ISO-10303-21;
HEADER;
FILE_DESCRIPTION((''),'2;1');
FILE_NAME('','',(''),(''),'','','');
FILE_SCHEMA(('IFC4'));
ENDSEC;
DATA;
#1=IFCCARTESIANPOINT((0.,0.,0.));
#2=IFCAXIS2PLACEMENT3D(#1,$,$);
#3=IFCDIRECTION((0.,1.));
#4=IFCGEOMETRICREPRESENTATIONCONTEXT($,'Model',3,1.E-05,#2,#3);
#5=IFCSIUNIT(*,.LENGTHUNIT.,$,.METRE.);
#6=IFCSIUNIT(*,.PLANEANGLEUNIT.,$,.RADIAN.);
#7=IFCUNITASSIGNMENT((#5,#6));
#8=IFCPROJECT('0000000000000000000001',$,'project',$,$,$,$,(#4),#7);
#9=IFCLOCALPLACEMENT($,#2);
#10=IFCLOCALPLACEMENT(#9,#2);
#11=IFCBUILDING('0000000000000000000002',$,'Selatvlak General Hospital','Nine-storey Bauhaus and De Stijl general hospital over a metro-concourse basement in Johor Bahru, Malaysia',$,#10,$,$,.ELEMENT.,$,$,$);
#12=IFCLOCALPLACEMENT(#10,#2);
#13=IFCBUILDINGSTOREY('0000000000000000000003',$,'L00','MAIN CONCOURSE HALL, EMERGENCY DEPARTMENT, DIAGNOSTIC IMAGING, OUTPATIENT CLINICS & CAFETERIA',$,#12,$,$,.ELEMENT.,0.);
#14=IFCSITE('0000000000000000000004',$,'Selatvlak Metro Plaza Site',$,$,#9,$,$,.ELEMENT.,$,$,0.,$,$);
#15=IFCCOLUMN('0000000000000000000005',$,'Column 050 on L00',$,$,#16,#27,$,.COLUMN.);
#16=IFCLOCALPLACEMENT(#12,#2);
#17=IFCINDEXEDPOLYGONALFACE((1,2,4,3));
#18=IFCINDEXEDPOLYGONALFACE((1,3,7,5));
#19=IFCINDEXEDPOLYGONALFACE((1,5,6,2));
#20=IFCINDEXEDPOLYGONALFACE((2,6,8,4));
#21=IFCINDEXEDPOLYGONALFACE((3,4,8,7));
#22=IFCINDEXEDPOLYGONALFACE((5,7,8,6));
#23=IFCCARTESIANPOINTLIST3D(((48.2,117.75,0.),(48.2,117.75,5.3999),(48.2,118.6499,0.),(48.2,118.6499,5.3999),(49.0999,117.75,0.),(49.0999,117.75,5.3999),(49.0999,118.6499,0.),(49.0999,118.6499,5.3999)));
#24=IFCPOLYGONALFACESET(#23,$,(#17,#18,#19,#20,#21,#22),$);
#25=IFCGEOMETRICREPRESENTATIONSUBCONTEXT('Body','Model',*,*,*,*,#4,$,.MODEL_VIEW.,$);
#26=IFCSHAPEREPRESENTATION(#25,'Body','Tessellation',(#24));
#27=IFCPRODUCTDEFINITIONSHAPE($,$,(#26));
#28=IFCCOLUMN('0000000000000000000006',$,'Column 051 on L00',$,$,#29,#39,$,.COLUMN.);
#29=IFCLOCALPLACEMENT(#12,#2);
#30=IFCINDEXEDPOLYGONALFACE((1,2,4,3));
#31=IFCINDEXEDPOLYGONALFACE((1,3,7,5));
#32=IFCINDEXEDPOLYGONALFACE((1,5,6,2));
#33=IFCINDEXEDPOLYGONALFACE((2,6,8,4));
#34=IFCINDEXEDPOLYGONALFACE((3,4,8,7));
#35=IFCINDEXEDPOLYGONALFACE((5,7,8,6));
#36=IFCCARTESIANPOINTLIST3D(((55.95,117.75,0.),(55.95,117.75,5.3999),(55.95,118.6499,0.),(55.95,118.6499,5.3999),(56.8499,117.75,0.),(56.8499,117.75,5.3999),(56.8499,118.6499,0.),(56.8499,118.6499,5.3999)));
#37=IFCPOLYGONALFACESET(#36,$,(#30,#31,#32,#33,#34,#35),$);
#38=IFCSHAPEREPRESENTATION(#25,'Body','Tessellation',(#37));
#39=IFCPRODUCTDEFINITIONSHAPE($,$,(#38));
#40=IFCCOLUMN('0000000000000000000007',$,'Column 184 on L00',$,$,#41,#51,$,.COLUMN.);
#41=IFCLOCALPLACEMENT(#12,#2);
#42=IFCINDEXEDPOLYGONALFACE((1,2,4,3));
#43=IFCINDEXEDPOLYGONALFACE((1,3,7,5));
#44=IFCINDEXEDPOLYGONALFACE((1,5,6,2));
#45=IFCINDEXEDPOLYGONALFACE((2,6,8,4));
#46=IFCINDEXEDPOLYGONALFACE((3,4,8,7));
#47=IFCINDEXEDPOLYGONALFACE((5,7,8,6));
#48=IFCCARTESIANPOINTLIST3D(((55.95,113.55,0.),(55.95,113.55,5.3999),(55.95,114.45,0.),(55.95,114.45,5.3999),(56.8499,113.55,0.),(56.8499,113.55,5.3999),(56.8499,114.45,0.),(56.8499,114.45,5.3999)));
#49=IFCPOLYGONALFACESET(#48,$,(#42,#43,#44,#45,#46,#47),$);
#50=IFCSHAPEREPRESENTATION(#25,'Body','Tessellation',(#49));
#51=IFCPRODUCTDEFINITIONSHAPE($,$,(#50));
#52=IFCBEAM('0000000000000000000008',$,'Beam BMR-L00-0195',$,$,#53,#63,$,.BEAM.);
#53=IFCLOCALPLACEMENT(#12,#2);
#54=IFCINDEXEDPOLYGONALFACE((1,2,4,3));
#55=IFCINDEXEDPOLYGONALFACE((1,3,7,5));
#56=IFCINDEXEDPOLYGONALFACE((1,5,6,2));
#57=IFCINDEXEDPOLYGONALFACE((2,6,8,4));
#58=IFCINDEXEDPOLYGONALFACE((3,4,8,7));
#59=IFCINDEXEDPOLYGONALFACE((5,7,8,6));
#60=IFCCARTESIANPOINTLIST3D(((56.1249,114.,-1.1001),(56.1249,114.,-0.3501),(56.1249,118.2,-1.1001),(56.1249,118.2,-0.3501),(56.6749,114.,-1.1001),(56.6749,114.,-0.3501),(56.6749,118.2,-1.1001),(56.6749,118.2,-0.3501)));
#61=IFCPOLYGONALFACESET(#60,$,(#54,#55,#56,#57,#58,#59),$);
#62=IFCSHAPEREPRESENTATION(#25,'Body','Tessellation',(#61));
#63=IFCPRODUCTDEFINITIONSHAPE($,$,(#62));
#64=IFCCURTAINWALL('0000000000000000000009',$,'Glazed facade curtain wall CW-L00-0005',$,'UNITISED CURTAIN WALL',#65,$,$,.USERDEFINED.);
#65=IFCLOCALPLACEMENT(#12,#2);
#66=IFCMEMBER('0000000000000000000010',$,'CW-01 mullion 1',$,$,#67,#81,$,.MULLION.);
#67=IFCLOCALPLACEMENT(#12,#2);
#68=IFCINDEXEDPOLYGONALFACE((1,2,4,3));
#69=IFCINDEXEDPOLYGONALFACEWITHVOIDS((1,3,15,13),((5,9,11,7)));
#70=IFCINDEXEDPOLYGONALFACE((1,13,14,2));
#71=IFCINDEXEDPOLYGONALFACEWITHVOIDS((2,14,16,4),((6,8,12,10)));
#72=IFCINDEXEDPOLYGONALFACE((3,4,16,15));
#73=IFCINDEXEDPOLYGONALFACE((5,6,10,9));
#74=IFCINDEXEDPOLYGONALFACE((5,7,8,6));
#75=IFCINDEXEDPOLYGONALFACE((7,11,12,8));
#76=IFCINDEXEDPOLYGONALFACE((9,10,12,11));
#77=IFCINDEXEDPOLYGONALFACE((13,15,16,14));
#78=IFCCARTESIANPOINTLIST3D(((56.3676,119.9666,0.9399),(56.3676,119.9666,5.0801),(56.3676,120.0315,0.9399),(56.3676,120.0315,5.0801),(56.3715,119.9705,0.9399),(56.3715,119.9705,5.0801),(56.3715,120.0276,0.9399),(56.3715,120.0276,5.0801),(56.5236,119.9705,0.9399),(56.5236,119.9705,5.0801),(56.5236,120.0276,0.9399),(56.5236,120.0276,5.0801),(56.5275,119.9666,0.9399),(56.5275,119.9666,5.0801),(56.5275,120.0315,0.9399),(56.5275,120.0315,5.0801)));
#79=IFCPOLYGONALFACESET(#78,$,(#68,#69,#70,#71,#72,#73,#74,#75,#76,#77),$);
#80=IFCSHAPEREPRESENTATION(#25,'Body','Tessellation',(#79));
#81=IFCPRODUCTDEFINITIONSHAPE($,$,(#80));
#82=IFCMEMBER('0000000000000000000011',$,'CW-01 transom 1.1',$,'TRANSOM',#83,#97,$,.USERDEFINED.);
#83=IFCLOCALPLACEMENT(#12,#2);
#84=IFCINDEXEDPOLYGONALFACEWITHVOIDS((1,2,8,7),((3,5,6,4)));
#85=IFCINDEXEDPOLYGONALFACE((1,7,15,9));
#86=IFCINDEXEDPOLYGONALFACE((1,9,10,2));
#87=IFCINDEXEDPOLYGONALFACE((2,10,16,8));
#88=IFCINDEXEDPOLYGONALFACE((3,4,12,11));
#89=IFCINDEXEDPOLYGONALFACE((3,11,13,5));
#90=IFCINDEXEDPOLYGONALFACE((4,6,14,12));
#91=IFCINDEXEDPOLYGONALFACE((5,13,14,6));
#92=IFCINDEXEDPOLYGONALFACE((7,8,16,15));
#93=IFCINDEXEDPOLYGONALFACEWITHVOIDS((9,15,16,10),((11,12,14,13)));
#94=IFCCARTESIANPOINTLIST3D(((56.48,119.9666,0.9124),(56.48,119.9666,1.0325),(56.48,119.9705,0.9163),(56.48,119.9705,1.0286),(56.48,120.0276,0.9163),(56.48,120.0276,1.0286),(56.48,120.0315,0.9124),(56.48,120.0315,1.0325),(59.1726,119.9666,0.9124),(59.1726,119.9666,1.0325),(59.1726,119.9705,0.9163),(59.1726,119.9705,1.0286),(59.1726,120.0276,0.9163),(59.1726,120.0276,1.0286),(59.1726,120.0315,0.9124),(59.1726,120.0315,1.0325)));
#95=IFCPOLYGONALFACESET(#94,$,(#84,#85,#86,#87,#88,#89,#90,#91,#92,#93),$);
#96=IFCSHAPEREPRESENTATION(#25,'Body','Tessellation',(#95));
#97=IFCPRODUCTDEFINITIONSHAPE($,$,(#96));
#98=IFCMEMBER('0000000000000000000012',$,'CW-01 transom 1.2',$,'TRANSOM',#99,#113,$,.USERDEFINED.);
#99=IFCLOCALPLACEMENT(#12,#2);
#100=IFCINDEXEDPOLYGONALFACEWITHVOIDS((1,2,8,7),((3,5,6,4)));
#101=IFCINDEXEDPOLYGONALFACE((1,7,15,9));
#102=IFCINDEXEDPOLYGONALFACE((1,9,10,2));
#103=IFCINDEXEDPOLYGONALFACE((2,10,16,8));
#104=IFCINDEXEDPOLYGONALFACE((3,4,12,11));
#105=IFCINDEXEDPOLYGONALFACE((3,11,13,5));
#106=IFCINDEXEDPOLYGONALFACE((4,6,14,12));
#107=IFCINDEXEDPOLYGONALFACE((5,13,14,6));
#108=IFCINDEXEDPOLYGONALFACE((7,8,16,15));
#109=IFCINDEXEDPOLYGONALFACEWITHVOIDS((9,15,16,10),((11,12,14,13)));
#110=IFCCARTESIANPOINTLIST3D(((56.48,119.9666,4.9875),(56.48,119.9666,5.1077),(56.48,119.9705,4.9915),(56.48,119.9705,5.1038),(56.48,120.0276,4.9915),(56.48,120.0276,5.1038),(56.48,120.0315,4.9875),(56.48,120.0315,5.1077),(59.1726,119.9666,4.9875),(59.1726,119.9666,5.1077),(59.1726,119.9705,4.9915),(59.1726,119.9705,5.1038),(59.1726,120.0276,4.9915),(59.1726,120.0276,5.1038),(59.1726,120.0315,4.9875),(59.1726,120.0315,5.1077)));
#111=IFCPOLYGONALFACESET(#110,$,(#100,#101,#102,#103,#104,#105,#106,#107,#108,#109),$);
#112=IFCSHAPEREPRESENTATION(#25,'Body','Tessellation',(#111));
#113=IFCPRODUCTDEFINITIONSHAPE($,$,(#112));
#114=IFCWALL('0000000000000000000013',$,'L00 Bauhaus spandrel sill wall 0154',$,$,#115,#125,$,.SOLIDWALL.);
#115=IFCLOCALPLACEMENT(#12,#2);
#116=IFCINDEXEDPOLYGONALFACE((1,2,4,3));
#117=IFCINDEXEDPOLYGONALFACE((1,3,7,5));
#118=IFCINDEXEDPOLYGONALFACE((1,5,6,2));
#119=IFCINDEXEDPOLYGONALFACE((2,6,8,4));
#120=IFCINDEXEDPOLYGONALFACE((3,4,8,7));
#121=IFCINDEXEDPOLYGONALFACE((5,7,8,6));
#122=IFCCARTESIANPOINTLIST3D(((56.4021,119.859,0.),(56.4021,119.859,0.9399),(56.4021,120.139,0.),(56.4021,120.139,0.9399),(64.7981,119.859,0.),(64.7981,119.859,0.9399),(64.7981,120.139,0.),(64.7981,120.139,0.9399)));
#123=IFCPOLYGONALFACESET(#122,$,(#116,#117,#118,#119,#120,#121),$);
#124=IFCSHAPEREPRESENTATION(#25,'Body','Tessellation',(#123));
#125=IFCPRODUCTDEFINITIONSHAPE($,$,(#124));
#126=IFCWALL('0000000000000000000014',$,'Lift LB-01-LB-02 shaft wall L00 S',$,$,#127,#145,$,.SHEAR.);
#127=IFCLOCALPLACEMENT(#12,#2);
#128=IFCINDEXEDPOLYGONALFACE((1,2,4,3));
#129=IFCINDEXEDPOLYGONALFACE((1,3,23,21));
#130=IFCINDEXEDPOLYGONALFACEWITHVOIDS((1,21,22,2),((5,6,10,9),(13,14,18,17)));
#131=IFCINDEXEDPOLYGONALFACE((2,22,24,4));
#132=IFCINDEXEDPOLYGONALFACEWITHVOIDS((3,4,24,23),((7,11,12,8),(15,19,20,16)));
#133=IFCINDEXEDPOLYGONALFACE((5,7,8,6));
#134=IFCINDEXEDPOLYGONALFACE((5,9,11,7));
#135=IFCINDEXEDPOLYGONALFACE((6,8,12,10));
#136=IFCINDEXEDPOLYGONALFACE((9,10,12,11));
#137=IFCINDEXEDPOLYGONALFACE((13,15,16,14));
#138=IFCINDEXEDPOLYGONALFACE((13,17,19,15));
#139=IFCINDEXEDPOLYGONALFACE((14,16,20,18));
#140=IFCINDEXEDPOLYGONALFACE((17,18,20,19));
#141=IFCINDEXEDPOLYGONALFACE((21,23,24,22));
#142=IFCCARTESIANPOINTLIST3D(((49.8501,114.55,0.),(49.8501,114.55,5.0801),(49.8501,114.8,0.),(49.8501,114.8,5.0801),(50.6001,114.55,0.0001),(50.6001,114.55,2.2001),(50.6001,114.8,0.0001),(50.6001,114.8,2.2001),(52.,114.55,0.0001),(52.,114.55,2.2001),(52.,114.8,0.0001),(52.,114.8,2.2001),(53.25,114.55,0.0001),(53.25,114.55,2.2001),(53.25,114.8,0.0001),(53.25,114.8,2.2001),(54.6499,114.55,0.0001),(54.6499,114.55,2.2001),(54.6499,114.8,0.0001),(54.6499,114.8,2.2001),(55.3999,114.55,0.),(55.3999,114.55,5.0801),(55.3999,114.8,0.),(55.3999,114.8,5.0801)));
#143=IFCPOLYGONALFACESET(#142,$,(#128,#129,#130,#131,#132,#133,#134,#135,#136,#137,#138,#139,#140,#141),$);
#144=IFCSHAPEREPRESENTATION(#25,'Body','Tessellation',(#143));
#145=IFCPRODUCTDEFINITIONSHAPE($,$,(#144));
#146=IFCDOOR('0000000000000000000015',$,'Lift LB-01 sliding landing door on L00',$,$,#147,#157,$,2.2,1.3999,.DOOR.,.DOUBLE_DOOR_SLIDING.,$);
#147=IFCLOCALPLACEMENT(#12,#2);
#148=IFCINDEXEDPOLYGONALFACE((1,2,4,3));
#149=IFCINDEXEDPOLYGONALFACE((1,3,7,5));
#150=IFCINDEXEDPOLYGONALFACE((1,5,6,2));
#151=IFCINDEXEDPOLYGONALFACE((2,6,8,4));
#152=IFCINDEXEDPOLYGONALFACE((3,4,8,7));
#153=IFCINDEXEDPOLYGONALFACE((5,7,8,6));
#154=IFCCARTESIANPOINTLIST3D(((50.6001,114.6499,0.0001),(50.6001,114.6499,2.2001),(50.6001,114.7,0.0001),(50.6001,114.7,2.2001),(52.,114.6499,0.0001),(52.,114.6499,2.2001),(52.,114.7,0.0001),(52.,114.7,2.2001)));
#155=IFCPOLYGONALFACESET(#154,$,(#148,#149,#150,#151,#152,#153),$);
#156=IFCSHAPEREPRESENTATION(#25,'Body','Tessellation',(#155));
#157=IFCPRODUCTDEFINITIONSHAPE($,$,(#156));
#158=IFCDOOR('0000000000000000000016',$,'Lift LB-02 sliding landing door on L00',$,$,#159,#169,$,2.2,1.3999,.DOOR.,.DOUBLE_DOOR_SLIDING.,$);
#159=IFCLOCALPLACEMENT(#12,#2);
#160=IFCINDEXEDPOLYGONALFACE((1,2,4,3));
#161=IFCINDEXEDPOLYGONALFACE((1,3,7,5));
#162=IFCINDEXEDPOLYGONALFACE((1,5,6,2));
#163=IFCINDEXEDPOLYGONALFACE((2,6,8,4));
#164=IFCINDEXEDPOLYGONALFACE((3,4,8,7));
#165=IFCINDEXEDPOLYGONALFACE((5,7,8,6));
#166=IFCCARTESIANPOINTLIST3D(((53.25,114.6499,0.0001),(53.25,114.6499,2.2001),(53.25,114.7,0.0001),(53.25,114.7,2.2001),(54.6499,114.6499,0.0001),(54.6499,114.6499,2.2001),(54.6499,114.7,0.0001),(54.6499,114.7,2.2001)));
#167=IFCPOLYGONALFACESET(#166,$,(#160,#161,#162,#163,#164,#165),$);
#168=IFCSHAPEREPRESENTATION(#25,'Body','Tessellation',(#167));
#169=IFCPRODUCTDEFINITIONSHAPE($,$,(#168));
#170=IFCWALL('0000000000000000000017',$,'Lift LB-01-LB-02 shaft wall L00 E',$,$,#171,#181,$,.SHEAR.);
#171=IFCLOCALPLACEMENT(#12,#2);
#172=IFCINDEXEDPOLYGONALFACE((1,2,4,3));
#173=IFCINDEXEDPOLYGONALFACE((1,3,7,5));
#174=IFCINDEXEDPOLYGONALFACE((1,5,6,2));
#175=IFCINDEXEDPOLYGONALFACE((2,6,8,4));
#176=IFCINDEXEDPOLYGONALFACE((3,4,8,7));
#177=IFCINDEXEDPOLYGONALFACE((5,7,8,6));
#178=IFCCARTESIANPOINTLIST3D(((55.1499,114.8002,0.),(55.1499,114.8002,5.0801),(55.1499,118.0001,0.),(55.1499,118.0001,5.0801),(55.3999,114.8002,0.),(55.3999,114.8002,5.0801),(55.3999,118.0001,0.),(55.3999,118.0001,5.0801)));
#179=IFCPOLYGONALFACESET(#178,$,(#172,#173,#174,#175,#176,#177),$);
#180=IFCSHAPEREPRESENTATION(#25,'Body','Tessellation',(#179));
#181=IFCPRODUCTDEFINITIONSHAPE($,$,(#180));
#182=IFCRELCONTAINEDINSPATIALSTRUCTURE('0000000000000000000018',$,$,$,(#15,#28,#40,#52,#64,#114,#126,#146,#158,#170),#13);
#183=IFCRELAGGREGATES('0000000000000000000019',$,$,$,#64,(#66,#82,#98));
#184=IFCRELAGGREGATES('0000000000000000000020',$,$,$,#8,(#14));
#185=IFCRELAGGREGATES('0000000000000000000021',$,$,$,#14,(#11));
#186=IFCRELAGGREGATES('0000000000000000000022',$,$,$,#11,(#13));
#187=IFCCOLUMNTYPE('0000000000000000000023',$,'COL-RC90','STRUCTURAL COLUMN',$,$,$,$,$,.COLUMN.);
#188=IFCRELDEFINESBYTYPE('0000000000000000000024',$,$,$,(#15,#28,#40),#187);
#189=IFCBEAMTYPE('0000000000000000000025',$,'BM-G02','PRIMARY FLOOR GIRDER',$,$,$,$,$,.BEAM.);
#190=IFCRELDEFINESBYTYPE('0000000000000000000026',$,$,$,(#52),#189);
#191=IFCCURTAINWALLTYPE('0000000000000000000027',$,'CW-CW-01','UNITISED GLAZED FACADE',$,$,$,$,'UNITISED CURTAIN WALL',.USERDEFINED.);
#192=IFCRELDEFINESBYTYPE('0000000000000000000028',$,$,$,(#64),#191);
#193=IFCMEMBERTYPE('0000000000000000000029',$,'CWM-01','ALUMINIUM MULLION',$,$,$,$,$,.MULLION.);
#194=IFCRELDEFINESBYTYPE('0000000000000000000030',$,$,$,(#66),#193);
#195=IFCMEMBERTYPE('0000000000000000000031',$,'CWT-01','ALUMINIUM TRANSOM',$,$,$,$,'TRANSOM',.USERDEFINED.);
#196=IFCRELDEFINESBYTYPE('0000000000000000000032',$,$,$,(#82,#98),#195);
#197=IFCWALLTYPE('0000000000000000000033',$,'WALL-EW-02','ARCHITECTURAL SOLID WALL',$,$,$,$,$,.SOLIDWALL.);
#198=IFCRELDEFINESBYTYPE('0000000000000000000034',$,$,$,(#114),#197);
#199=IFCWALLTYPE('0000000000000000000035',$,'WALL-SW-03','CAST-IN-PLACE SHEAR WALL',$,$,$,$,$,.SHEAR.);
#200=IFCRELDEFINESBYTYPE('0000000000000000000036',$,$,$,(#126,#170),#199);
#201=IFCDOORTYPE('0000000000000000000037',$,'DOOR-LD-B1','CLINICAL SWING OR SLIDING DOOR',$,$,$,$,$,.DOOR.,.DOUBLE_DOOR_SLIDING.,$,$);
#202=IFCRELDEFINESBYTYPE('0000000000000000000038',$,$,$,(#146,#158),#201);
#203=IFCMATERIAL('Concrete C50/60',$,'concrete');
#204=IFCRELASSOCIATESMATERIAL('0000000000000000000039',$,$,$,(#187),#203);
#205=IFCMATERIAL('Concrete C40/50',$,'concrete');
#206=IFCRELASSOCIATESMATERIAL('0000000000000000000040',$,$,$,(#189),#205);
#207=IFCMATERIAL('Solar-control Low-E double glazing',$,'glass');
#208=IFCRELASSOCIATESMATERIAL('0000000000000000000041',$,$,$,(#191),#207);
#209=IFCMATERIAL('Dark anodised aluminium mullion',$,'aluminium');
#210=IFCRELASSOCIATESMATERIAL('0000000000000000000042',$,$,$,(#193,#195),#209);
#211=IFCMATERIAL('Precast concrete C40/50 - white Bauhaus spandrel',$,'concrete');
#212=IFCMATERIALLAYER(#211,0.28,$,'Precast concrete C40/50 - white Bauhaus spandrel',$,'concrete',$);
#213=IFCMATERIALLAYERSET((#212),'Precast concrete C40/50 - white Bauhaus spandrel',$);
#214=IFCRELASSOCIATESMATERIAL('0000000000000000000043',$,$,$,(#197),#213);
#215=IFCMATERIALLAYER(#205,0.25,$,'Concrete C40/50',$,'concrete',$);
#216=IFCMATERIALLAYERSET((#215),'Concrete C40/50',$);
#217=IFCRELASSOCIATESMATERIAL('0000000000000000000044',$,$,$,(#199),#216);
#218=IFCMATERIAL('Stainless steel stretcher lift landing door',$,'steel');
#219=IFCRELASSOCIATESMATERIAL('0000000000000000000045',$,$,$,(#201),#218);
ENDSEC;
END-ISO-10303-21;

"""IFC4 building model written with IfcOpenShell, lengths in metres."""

from ifc_helpers import new_model, si_unit, direction, frame, frame_2d, origin, origin_2d, place, context, subcontext, project, spatial, rectangle, hollow_rectangle, extrude, material, layer, layer_set, material_profile, profile_set, type_object, element, fill, aggregate, save


model = new_model("IFC4")

# Units and contexts
model_context = context("Model", 3, precision=1e-05, world=origin(), true_north=direction((0.0, 1.0)))
body_context = subcontext(model_context, "Body", "Model", "MODEL_VIEW")
ifc_project = project(units=[si_unit("LENGTHUNIT", "METRE"), si_unit("PLANEANGLEUNIT", "RADIAN")], contexts=[model_context])

# Site, building, storey
site_placement = place(None, origin())
site = spatial("IfcSite", under=ifc_project, at=site_placement, Name="Selatvlak Metro Plaza Site", CompositionType="ELEMENT", RefElevation=0.0)
building_placement = place(site_placement, origin())
building = spatial("IfcBuilding", under=site, at=building_placement, Name="Selatvlak General Hospital", Description="Nine-storey Bauhaus and De Stijl general hospital over a metro-concourse basement in Johor Bahru, Malaysia", CompositionType="ELEMENT")
storey_placement = place(building_placement, origin())
storey = spatial("IfcBuildingStorey", under=building, at=storey_placement, Name="L00", Description="MAIN CONCOURSE HALL, EMERGENCY DEPARTMENT, DIAGNOSTIC IMAGING, OUTPATIENT CLINICS & CAFETERIA", CompositionType="ELEMENT", Elevation=0.0)

# Columns
ifc_material_1 = material(Name="Concrete C50/60", Category="concrete")
ifc_material_profile_1 = material_profile(ifc_material_1, rectangle(XDim=0.8999, YDim=0.8999, at=origin_2d()), Name="RC-COL 900x900")
ifc_profile_set_1 = profile_set([ifc_material_profile_1], Name="Concrete C50/60")
column_type = type_object("IfcColumnType", Name="COL-RC90", Description="STRUCTURAL COLUMN", PredefinedType="COLUMN", material=ifc_profile_set_1)
for number, where, z_axis, x_axis, name in (
    (1, (48.6499, 118.2, 0.0), (0.0, 0.0, 1.0), (1.0, 0.0, 0.0), "Column 050 on L00"),
    (2, (56.3999, 118.2, 0.0), (0.0, 0.0, 1.0), (1.0, 0.0, 0.0), "Column 051 on L00"),
    (3, (56.3999, 114.0, 0.0), (0.0, 0.0, 1.0), (1.0, 0.0, 0.0), "Column 184 on L00"),
):
    element("IfcColumn", number, at=place(storey_placement, frame(where, z_axis=z_axis, x_axis=x_axis)), inside=storey, type_object=column_type, Name=name, PredefinedType="COLUMN", context=body_context, shape_type="SweptSolid", body=[
        extrude(rectangle(XDim=0.8999, YDim=0.8999, at=origin_2d()), origin(), (0.0, 0.0, 1.0), 5.3999),
    ])

# Beam
ifc_material_2 = material(Name="Concrete C40/50", Category="concrete")
ifc_material_profile_2 = material_profile(ifc_material_2, rectangle(XDim=0.55, YDim=0.75, at=origin_2d()), Name="RC-BM 550x750")
ifc_profile_set_2 = profile_set([ifc_material_profile_2], Name="Concrete C40/50")
beam_type = type_object("IfcBeamType", Name="BM-G02", Description="PRIMARY FLOOR GIRDER", PredefinedType="BEAM", material=ifc_profile_set_2)
beam_placement = place(storey_placement, frame((56.3999, 114.0, -0.7251), z_axis=(0.0, 1.0, 0.0), x_axis=(-1.0, 0.0, 0.0)))
element("IfcBeam", 4, at=beam_placement, inside=storey, type_object=beam_type, Name="Beam BMR-L00-0195", PredefinedType="BEAM", context=body_context, shape_type="SweptSolid", body=[
    extrude(rectangle(XDim=0.55, YDim=0.75, at=origin_2d()), origin(), (0.0, 0.0, 1.0), 4.2),
])

# Curtain wall, members
ifc_material_3 = material(Name="Solar-control Low-E double glazing", Category="glass")
curtain_wall_type = type_object("IfcCurtainWallType", Name="CW-CW-01", Description="UNITISED GLAZED FACADE", ElementType="UNITISED CURTAIN WALL", PredefinedType="USERDEFINED", material=ifc_material_3)
curtain_wall_placement = place(storey_placement, origin())
curtain_wall = element("IfcCurtainWall", 5, at=curtain_wall_placement, inside=storey, type_object=curtain_wall_type, Name="Glazed facade curtain wall CW-L00-0005", ObjectType="UNITISED CURTAIN WALL", PredefinedType="USERDEFINED")
ifc_material_4 = material(Name="Dark anodised aluminium mullion", Category="aluminium")
ifc_material_profile_3 = material_profile(ifc_material_4, hollow_rectangle(XDim=0.0649, YDim=0.1599, WallThickness=0.0039, at=origin_2d()), Name="AL-MUL 65x160x4")
ifc_profile_set_3 = profile_set([ifc_material_profile_3], Name="Dark anodised aluminium mullion")
member_type_1 = type_object("IfcMemberType", Name="CWM-01", Description="ALUMINIUM MULLION", PredefinedType="MULLION", material=ifc_profile_set_3)
member_1_placement = place(storey_placement, frame((56.4475, 119.999, 0.9399), z_axis=(0.0, 0.0, 1.0), x_axis=(0.0, 1.0, 0.0)))
member_1 = element("IfcMember", 6, at=member_1_placement, type_object=member_type_1, Name="CW-01 mullion 1", PredefinedType="MULLION", context=body_context, shape_type="SweptSolid", body=[
    extrude(hollow_rectangle(XDim=0.0649, YDim=0.1599, WallThickness=0.0039, at=origin_2d()), origin(), (0.0, 0.0, 1.0), 4.1401),
])
ifc_material_profile_4 = material_profile(ifc_material_4, hollow_rectangle(XDim=0.0649, YDim=0.1201, WallThickness=0.0039, at=origin_2d()), Name="AL-TRN 65x120x4")
ifc_profile_set_4 = profile_set([ifc_material_profile_4], Name="Dark anodised aluminium mullion")
member_type_2 = type_object("IfcMemberType", Name="CWT-01", Description="ALUMINIUM TRANSOM", ElementType="TRANSOM", PredefinedType="USERDEFINED", material=ifc_profile_set_4)
member_2_placement = place(storey_placement, frame((56.48, 119.999, 0.9724), z_axis=(1.0, 0.0, 0.0), x_axis=(0.0, 1.0, 0.0)))
member_2 = element("IfcMember", 7, at=member_2_placement, type_object=member_type_2, Name="CW-01 transom 1.1", ObjectType="TRANSOM", PredefinedType="USERDEFINED", context=body_context, shape_type="SweptSolid", body=[
    extrude(hollow_rectangle(XDim=0.0649, YDim=0.1201, WallThickness=0.0039, at=origin_2d()), origin(), (0.0, 0.0, 1.0), 2.6926),
])
member_3_placement = place(storey_placement, frame((56.48, 119.999, 5.0476), z_axis=(1.0, 0.0, 0.0), x_axis=(0.0, 1.0, 0.0)))
member_3 = element("IfcMember", 8, at=member_3_placement, type_object=member_type_2, Name="CW-01 transom 1.2", ObjectType="TRANSOM", PredefinedType="USERDEFINED", context=body_context, shape_type="SweptSolid", body=[
    extrude(hollow_rectangle(XDim=0.0649, YDim=0.1201, WallThickness=0.0039, at=origin_2d()), origin(), (0.0, 0.0, 1.0), 2.6926),
])
aggregate(curtain_wall, [member_1, member_2, member_3])

# Wall
ifc_material_5 = material(Name="Precast concrete C40/50 - white Bauhaus spandrel", Category="concrete")
ifc_layer_1 = layer(ifc_material_5, 0.28, Name="Precast concrete C40/50 - white Bauhaus spandrel", Category="concrete")
ifc_layer_set_1 = layer_set([ifc_layer_1], Name="Precast concrete C40/50 - white Bauhaus spandrel")
wall_type_1 = type_object("IfcWallType", Name="WALL-EW-02", Description="ARCHITECTURAL SOLID WALL", PredefinedType="SOLIDWALL", material=ifc_layer_set_1)
wall_1_placement = place(storey_placement, frame((56.4021, 119.999, 0.0), z_axis=(0.0, 0.0, 1.0), x_axis=(1.0, 0.0, 0.0)))
element("IfcWall", 9, at=wall_1_placement, inside=storey, type_object=wall_type_1, Name="L00 Bauhaus spandrel sill wall 0154", PredefinedType="SOLIDWALL", context=body_context, shape_type="SweptSolid", body=[
    extrude(rectangle(XDim=8.396, YDim=0.28, at=frame_2d((4.198, 0.0))), origin(), (0.0, 0.0, 1.0), 0.9399),
])

# Wall, openings, doors
ifc_layer_2 = layer(ifc_material_2, 0.25, Name="Concrete C40/50", Category="concrete")
ifc_layer_set_2 = layer_set([ifc_layer_2], Name="Concrete C40/50")
wall_type_2 = type_object("IfcWallType", Name="WALL-SW-03", Description="CAST-IN-PLACE SHEAR WALL", PredefinedType="SHEAR", material=ifc_layer_set_2)
wall_2_placement = place(storey_placement, frame((49.8501, 114.675, 0.0), z_axis=(0.0, 0.0, 1.0), x_axis=(1.0, 0.0, 0.0)))
wall_2 = element("IfcWall", 10, at=wall_2_placement, inside=storey, type_object=wall_type_2, Name="Lift LB-01-LB-02 shaft wall L00 S", PredefinedType="SHEAR", context=body_context, shape_type="SweptSolid", body=[
    extrude(rectangle(XDim=5.5498, YDim=0.25, at=frame_2d((2.7749, 0.0))), origin(), (0.0, 0.0, 1.0), 5.0801),
])
opening_1_placement = place(wall_2_placement, frame((0.75, 0.0, 0.0)))
opening_1 = element("IfcOpeningElement", 11, at=opening_1_placement, cuts=wall_2, PredefinedType="OPENING", context=body_context, shape_type="SweptSolid", body=[
    extrude(rectangle(XDim=1.3999, YDim=2.2, at=frame_2d((0.7, 1.1001))), frame((0.0, 0.135, 0.0), z_axis=(0.0, -1.0, 0.0), x_axis=(1.0, 0.0, 0.0)), (0.0, 0.0, 1.0), 0.27),
])
opening_2_placement = place(wall_2_placement, frame((3.3999, 0.0, 0.0)))
opening_2 = element("IfcOpeningElement", 12, at=opening_2_placement, cuts=wall_2, PredefinedType="OPENING", context=body_context, shape_type="SweptSolid", body=[
    extrude(rectangle(XDim=1.3999, YDim=2.2, at=frame_2d((0.7, 1.1001))), frame((0.0, 0.135, 0.0), z_axis=(0.0, -1.0, 0.0), x_axis=(1.0, 0.0, 0.0)), (0.0, 0.0, 1.0), 0.27),
])
ifc_material_6 = material(Name="Stainless steel stretcher lift landing door", Category="steel")
door_type = type_object("IfcDoorType", Name="DOOR-LD-B1", Description="CLINICAL SWING OR SLIDING DOOR", OperationType="DOUBLE_DOOR_SLIDING", PredefinedType="DOOR", material=ifc_material_6)
door_1_placement = place(opening_1_placement, origin())
door_1 = element("IfcDoor", 13, at=door_1_placement, inside=storey, type_object=door_type, Name="Lift LB-01 sliding landing door on L00", OperationType="DOUBLE_DOOR_SLIDING", OverallHeight=2.2, OverallWidth=1.3999, PredefinedType="DOOR", context=body_context, shape_type="SweptSolid", body=[
    extrude(rectangle(XDim=1.3999, YDim=2.2, at=frame_2d((0.7, 1.1001))), frame((0.0, 0.0249, 0.0), z_axis=(0.0, -1.0, 0.0), x_axis=(1.0, 0.0, 0.0)), (0.0, 0.0, 1.0), 0.05),
])
fill(opening_1, door_1)
door_2_placement = place(opening_2_placement, origin())
door_2 = element("IfcDoor", 14, at=door_2_placement, inside=storey, type_object=door_type, Name="Lift LB-02 sliding landing door on L00", OperationType="DOUBLE_DOOR_SLIDING", OverallHeight=2.2, OverallWidth=1.3999, PredefinedType="DOOR", context=body_context, shape_type="SweptSolid", body=[
    extrude(rectangle(XDim=1.3999, YDim=2.2, at=frame_2d((0.7, 1.1001))), frame((0.0, 0.0249, 0.0), z_axis=(0.0, -1.0, 0.0), x_axis=(1.0, 0.0, 0.0)), (0.0, 0.0, 1.0), 0.05),
])
fill(opening_2, door_2)

# Wall
wall_3_placement = place(storey_placement, frame((55.2749, 114.8, 0.0), z_axis=(0.0, 0.0, 1.0), x_axis=(0.0, 1.0, 0.0)))
element("IfcWall", 15, at=wall_3_placement, inside=storey, type_object=wall_type_2, Name="Lift LB-01-LB-02 shaft wall L00 E", PredefinedType="SHEAR", context=body_context, shape_type="SweptSolid", body=[
    extrude(rectangle(XDim=3.2, YDim=0.25, at=frame_2d((1.6001, 0.0))), origin(), (0.0, 0.0, 1.0), 5.0801),
])

save(model, "model.ifc")
